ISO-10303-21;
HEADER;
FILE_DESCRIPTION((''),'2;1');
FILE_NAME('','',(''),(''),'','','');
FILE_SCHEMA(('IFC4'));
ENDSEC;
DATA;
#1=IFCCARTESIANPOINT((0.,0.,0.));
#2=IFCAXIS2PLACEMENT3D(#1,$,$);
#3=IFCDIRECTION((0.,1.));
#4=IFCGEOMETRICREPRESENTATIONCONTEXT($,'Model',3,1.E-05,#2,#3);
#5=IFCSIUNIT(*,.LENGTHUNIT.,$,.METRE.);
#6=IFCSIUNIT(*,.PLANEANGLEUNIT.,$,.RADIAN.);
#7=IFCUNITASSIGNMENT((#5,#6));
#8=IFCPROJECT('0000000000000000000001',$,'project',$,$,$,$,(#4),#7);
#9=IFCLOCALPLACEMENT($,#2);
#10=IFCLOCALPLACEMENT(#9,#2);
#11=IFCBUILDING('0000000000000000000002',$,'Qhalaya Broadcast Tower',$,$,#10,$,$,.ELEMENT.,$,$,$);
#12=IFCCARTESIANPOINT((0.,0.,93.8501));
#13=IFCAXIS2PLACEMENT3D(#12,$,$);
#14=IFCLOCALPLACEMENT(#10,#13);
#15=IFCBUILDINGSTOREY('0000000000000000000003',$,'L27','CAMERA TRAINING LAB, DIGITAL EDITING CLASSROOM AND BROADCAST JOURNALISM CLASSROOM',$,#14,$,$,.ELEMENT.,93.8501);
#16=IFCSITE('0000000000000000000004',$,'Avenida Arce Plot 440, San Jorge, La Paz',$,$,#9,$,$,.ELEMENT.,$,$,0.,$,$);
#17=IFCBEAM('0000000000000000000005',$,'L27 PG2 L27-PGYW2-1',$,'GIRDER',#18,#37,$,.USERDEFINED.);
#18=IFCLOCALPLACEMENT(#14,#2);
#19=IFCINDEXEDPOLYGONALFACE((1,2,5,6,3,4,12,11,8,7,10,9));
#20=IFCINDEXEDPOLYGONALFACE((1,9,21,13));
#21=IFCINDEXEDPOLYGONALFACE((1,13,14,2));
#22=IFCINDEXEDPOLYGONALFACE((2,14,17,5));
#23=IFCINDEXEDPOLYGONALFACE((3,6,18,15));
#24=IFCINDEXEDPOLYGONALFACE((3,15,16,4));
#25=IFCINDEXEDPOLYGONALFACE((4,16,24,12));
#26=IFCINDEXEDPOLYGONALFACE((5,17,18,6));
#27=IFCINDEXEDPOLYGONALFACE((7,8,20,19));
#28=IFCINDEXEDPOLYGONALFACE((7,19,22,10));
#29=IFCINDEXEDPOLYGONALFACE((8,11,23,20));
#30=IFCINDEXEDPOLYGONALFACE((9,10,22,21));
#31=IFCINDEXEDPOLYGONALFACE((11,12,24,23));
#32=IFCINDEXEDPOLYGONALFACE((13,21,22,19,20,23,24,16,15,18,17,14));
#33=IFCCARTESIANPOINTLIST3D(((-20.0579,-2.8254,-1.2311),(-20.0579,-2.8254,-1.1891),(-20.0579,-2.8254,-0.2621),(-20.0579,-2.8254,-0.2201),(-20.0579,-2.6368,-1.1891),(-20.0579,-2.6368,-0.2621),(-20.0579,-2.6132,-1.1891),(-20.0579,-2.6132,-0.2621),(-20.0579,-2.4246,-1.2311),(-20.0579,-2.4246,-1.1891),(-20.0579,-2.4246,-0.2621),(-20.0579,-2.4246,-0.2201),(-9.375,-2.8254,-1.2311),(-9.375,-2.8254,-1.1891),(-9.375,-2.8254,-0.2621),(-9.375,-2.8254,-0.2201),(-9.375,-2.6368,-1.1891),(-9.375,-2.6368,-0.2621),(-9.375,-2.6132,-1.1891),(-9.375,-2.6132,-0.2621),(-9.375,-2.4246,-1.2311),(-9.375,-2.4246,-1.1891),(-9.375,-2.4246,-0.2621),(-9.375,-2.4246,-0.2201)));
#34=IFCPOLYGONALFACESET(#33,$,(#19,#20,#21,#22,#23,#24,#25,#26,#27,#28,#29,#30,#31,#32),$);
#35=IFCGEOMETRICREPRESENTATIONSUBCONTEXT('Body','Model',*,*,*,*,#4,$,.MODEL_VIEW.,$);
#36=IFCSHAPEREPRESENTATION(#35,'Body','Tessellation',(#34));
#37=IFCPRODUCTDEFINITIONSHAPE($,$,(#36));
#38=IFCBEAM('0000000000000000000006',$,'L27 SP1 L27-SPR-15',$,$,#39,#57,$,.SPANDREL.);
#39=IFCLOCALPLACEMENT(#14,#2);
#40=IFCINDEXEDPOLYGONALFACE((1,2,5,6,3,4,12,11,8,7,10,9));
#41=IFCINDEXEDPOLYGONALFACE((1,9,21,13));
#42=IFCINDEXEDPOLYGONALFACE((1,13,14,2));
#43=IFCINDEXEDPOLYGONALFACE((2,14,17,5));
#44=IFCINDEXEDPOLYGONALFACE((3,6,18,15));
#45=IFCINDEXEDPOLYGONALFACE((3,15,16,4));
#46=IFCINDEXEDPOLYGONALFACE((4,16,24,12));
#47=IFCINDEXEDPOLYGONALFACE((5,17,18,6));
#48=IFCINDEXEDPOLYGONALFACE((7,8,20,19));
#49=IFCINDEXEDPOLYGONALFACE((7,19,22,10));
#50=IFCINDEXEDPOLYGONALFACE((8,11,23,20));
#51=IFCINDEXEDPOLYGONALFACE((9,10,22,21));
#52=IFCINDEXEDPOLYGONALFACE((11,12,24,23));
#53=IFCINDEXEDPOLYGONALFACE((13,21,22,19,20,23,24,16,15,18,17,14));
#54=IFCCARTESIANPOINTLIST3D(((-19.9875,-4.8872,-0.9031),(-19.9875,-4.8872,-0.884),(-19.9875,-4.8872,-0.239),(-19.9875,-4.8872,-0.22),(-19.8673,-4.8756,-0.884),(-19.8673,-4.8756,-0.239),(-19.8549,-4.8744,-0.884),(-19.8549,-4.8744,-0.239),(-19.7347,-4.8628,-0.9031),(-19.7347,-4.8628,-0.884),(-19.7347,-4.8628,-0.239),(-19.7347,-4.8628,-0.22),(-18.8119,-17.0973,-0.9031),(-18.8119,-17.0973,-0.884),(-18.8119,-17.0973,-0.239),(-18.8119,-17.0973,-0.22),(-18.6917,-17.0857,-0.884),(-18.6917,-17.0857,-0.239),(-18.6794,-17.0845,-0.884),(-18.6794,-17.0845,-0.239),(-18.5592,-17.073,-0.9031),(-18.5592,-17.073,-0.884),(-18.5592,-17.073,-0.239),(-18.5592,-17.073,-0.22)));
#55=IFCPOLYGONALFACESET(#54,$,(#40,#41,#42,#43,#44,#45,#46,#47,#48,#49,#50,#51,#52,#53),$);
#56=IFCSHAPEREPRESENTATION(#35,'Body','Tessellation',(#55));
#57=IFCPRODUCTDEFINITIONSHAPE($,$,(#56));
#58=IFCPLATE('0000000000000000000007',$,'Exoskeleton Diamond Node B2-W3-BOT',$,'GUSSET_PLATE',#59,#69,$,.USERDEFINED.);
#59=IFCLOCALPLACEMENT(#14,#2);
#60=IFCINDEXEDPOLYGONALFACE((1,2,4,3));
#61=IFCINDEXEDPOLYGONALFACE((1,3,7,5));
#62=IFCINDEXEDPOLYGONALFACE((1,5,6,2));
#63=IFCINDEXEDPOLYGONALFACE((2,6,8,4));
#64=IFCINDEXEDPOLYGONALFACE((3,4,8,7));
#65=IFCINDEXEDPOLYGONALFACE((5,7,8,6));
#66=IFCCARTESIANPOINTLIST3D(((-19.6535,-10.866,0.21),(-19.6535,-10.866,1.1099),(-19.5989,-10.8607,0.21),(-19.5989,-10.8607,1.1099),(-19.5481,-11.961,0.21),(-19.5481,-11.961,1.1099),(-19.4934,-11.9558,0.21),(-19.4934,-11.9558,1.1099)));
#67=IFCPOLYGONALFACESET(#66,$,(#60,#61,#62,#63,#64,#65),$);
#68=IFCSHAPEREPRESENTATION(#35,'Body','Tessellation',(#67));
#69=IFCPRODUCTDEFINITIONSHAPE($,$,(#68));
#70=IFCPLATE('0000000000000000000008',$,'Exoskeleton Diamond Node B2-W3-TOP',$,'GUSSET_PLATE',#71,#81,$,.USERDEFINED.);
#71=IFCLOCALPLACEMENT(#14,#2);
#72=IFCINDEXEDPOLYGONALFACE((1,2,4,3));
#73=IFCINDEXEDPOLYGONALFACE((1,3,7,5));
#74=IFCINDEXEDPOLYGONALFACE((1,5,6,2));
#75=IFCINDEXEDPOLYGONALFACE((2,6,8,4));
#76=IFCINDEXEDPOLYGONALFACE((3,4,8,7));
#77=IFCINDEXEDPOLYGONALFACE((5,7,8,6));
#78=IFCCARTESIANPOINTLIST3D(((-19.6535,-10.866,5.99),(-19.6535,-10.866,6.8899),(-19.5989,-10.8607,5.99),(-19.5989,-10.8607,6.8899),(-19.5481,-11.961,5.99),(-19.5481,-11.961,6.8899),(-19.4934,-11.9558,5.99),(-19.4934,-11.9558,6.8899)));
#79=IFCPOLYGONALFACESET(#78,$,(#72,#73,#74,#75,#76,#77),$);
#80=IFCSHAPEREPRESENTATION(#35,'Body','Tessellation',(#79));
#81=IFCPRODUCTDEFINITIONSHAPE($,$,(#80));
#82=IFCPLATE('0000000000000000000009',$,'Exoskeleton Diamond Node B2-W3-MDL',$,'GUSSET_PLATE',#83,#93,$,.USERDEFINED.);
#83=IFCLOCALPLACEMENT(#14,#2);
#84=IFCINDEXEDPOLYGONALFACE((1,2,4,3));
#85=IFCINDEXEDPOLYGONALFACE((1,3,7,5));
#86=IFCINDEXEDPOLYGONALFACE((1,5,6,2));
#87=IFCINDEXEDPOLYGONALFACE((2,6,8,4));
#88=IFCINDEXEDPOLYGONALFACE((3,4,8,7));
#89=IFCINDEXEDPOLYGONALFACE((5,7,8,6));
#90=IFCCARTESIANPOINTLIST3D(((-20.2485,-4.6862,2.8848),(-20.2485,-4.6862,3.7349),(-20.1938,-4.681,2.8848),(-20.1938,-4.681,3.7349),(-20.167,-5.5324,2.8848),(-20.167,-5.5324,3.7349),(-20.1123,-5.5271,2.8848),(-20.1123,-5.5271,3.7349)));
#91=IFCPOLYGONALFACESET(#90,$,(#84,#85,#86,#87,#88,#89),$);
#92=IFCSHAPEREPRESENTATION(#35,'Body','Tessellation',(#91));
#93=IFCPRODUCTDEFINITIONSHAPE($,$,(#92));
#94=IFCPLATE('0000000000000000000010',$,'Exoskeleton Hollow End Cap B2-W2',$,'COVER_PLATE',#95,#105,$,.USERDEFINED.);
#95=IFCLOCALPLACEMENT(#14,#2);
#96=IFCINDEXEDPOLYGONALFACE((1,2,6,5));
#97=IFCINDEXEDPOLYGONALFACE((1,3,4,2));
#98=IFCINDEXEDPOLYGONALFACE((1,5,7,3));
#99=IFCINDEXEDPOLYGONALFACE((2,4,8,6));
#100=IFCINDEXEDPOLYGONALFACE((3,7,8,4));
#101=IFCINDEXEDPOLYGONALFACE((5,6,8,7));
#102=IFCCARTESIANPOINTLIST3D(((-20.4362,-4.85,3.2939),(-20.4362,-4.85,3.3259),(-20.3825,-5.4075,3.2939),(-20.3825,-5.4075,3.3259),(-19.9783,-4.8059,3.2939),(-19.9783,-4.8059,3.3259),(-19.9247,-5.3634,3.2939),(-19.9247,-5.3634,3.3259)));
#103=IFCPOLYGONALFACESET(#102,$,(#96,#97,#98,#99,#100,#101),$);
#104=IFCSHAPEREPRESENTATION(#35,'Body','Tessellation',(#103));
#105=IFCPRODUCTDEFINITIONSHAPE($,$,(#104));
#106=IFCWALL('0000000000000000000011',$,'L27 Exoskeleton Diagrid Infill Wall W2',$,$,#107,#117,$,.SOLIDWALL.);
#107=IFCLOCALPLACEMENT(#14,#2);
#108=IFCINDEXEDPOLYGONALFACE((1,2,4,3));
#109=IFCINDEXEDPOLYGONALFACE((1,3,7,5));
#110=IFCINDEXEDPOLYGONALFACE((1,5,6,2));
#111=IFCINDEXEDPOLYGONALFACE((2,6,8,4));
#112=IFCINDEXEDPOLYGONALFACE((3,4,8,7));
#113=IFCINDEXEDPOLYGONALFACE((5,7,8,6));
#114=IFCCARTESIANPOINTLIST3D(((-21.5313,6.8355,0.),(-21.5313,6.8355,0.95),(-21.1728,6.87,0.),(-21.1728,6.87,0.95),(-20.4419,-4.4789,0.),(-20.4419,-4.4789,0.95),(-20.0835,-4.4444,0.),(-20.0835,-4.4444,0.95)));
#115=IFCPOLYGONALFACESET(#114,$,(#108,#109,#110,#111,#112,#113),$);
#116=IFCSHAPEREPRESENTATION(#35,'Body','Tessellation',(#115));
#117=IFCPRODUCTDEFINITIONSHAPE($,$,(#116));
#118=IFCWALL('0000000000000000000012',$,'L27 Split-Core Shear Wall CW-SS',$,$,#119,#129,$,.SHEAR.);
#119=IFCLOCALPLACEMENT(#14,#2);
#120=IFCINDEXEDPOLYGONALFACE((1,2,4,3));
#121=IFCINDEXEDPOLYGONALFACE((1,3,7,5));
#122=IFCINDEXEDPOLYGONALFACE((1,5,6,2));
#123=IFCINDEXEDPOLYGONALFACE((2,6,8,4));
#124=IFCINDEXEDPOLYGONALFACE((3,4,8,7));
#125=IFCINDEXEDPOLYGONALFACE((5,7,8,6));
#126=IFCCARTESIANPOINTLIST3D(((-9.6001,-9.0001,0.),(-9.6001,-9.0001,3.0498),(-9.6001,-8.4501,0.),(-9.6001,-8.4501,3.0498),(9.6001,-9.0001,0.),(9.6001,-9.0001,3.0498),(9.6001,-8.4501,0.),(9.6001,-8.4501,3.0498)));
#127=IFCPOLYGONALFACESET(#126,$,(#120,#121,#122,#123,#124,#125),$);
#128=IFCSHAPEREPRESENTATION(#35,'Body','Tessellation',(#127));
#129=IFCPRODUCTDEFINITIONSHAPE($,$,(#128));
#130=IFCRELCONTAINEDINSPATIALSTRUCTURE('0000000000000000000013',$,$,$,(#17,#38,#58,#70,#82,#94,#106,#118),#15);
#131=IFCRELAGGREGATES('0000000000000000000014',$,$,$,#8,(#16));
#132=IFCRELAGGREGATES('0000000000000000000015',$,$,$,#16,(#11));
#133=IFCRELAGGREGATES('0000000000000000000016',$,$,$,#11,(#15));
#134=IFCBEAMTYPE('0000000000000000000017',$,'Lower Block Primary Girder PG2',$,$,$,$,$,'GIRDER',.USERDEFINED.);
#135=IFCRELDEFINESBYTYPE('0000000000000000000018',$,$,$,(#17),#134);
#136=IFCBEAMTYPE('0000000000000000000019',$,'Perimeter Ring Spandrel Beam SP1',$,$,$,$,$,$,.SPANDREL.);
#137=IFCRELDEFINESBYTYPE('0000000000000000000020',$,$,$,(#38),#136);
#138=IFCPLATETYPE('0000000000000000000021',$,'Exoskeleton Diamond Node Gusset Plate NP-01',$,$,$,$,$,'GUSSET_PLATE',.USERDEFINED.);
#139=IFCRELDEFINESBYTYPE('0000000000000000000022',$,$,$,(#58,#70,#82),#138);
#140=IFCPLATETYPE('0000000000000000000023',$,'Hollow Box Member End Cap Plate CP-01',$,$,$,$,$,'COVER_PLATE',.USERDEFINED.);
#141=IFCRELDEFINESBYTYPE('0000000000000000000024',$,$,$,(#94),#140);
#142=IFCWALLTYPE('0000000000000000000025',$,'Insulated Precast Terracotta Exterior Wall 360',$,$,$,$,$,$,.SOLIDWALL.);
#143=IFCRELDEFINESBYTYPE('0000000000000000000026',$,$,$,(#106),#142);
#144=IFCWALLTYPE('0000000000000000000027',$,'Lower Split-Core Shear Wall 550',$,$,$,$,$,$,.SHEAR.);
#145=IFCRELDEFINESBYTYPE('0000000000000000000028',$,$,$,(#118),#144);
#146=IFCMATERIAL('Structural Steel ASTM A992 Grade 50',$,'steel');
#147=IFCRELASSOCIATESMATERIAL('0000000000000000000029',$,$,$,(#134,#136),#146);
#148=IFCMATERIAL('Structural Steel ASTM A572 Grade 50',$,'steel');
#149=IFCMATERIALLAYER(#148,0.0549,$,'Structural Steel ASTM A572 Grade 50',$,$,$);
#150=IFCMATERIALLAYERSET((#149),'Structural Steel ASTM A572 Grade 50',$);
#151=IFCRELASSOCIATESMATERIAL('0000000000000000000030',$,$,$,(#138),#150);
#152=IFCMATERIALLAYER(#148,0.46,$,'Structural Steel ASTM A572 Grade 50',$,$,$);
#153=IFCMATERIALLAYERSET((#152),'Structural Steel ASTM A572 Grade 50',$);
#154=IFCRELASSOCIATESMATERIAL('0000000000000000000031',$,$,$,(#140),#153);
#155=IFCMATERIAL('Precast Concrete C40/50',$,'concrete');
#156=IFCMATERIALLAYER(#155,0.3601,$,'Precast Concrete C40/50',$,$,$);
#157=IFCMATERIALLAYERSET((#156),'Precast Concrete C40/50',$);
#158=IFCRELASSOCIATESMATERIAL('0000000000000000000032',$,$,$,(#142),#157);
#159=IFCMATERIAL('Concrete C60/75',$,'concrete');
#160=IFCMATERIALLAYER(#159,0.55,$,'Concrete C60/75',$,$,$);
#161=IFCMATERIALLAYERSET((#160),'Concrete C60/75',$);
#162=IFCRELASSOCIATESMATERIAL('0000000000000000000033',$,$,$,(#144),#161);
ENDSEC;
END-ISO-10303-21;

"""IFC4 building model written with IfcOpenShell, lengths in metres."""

from ifc_helpers import new_model, si_unit, direction, frame, frame_2d, origin, origin_2d, place, context, subcontext, project, spatial, rectangle, i_section, extrude, material, layer, layer_set, material_profile, profile_set, type_object, element, save


model = new_model("IFC4")

# Units and contexts
model_context = context("Model", 3, precision=1e-05, world=origin(), true_north=direction((0.0, 1.0)))
body_context = subcontext(model_context, "Body", "Model", "MODEL_VIEW")
ifc_project = project(units=[si_unit("LENGTHUNIT", "METRE"), si_unit("PLANEANGLEUNIT", "RADIAN")], contexts=[model_context])

# Site, building, storey
site_placement = place(None, origin())
site = spatial("IfcSite", under=ifc_project, at=site_placement, Name="Avenida Arce Plot 440, San Jorge, La Paz", CompositionType="ELEMENT", RefElevation=0.0)
building_placement = place(site_placement, origin())
building = spatial("IfcBuilding", under=site, at=building_placement, Name="Qhalaya Broadcast Tower", CompositionType="ELEMENT")
storey_placement = place(building_placement, frame((0.0, 0.0, 93.8501)))
storey = spatial("IfcBuildingStorey", under=building, at=storey_placement, Name="L27", Description="CAMERA TRAINING LAB, DIGITAL EDITING CLASSROOM AND BROADCAST JOURNALISM CLASSROOM", CompositionType="ELEMENT", Elevation=93.8501)

# Shared definitions
ifc_material_1 = material(Name="Structural Steel ASTM A572 Grade 50", Category="steel")

# Shared definitions
ifc_material_2 = material(Name="Structural Steel ASTM A992 Grade 50", Category="steel")

# Beams
ifc_material_profile_1 = material_profile(ifc_material_2, i_section(OverallWidth=0.4009, OverallDepth=1.011, WebThickness=0.0237, FlangeThickness=0.042, at=origin_2d()), Name="W40X297")
ifc_profile_set_1 = profile_set([ifc_material_profile_1], Name="Structural Steel ASTM A992 Grade 50")
beam_type_1 = type_object("IfcBeamType", Name="Lower Block Primary Girder PG2", ElementType="GIRDER", PredefinedType="USERDEFINED", material=ifc_profile_set_1)
beam_1_placement = place(storey_placement, frame((-20.0579, -2.625, -0.7256), z_axis=(1.0, 0.0, 0.0), x_axis=(0.0, 1.0, 0.0)))
element("IfcBeam", 1, at=beam_1_placement, inside=storey, type_object=beam_type_1, Name="L27 PG2 L27-PGYW2-1", ObjectType="GIRDER", PredefinedType="USERDEFINED", context=body_context, shape_type="SweptSolid", body=[
    extrude(i_section(OverallWidth=0.4009, OverallDepth=1.011, WebThickness=0.0237, FlangeThickness=0.042, at=origin_2d()), origin(), (0.0, 0.0, 1.0), 10.6829),
])
ifc_material_profile_2 = material_profile(ifc_material_2, i_section(OverallWidth=0.2539, OverallDepth=0.6831, WebThickness=0.0125, FlangeThickness=0.019, at=origin_2d()), Name="W27X94")
ifc_profile_set_2 = profile_set([ifc_material_profile_2], Name="Structural Steel ASTM A992 Grade 50")
beam_type_2 = type_object("IfcBeamType", Name="Perimeter Ring Spandrel Beam SP1", PredefinedType="SPANDREL", material=ifc_profile_set_2)
beam_2_placement = place(storey_placement, frame((-19.8611, -4.875, -0.5615), z_axis=(0.095832, -0.995398, 0.0), x_axis=(0.995398, 0.095832, 0.0)))
element("IfcBeam", 2, at=beam_2_placement, inside=storey, type_object=beam_type_2, Name="L27 SP1 L27-SPR-15", PredefinedType="SPANDREL", context=body_context, shape_type="SweptSolid", body=[
    extrude(i_section(OverallWidth=0.2539, OverallDepth=0.6831, WebThickness=0.0125, FlangeThickness=0.019, at=origin_2d()), origin(), (0.0, 0.0, 1.0), 12.2666),
])

# Plates
ifc_layer_1 = layer(ifc_material_1, 0.0549, Name="Structural Steel ASTM A572 Grade 50")
ifc_layer_set_1 = layer_set([ifc_layer_1], Name="Structural Steel ASTM A572 Grade 50")
plate_type_1 = type_object("IfcPlateType", Name="Exoskeleton Diamond Node Gusset Plate NP-01", ElementType="GUSSET_PLATE", PredefinedType="USERDEFINED", material=ifc_layer_set_1)
for number, where, z_axis, x_axis, name in (
    (3, (-19.5735, -11.4109, 0.21), (0.0, 0.0, 1.0), (-0.095846, 0.995396, 0.0), "Exoskeleton Diamond Node B2-W3-BOT"),
    (4, (-19.5735, -11.4109, 5.99), (0.0, 0.0, 1.0), (-0.095846, 0.995396, 0.0), "Exoskeleton Diamond Node B2-W3-TOP"),
):
    element("IfcPlate", number, at=place(storey_placement, frame(where, z_axis=z_axis, x_axis=x_axis)), inside=storey, type_object=plate_type_1, Name=name, ObjectType="GUSSET_PLATE", PredefinedType="USERDEFINED", context=body_context, shape_type="SweptSolid", body=[
        extrude(rectangle(XDim=1.1001, YDim=0.0549, at=origin_2d()), origin(), (0.0, 0.0, 1.0), 0.8999),
    ])
plate_1_placement = place(storey_placement, frame((-20.1804, -5.1067, 2.8848), z_axis=(0.0, 0.0, 1.0), x_axis=(-0.095846, 0.995396, 0.0)))
element("IfcPlate", 5, at=plate_1_placement, inside=storey, type_object=plate_type_1, Name="Exoskeleton Diamond Node B2-W3-MDL", ObjectType="GUSSET_PLATE", PredefinedType="USERDEFINED", context=body_context, shape_type="SweptSolid", body=[
    extrude(rectangle(XDim=0.8501, YDim=0.0549, at=origin_2d()), origin(), (0.0, 0.0, 1.0), 0.8501),
])
ifc_layer_2 = layer(ifc_material_1, 0.46, Name="Structural Steel ASTM A572 Grade 50")
ifc_layer_set_2 = layer_set([ifc_layer_2], Name="Structural Steel ASTM A572 Grade 50")
plate_type_2 = type_object("IfcPlateType", Name="Hollow Box Member End Cap Plate CP-01", ElementType="COVER_PLATE", PredefinedType="USERDEFINED", material=ifc_layer_set_2)
plate_2_placement = place(storey_placement, frame((-20.1804, -5.1067, 3.2939), z_axis=(0.0, 0.0, 1.0), x_axis=(-0.095846, 0.995396, 0.0)))
element("IfcPlate", 6, at=plate_2_placement, inside=storey, type_object=plate_type_2, Name="Exoskeleton Hollow End Cap B2-W2", ObjectType="COVER_PLATE", PredefinedType="USERDEFINED", context=body_context, shape_type="SweptSolid", body=[
    extrude(rectangle(XDim=0.5601, YDim=0.46, at=origin_2d()), origin(), (0.0, 0.0, 1.0), 0.032),
])

# Walls
ifc_material_3 = material(Name="Precast Concrete C40/50", Category="concrete")
ifc_layer_3 = layer(ifc_material_3, 0.3601, Name="Precast Concrete C40/50")
ifc_layer_set_3 = layer_set([ifc_layer_3], Name="Precast Concrete C40/50")
wall_type_1 = type_object("IfcWallType", Name="Insulated Precast Terracotta Exterior Wall 360", PredefinedType="SOLIDWALL", material=ifc_layer_set_3)
wall_1_placement = place(storey_placement, frame((-20.2627, -4.4617, 0.0), z_axis=(0.0, 0.0, 1.0), x_axis=(-0.095837, 0.995397, 0.0)))
element("IfcWall", 7, at=wall_1_placement, inside=storey, type_object=wall_type_1, Name="L27 Exoskeleton Diagrid Infill Wall W2", PredefinedType="SOLIDWALL", context=body_context, shape_type="SweptSolid", body=[
    extrude(rectangle(XDim=11.3667, YDim=0.3601, at=frame_2d((5.6833, 0.0))), origin(), (0.0, 0.0, 1.0), 0.95),
])
ifc_material_4 = material(Name="Concrete C60/75", Category="concrete")
ifc_layer_4 = layer(ifc_material_4, 0.55, Name="Concrete C60/75")
ifc_layer_set_4 = layer_set([ifc_layer_4], Name="Concrete C60/75")
wall_type_2 = type_object("IfcWallType", Name="Lower Split-Core Shear Wall 550", PredefinedType="SHEAR", material=ifc_layer_set_4)
wall_2_placement = place(storey_placement, frame((-9.6001, -8.7251, 0.0), z_axis=(0.0, 0.0, 1.0), x_axis=(1.0, 0.0, 0.0)))
element("IfcWall", 8, at=wall_2_placement, inside=storey, type_object=wall_type_2, Name="L27 Split-Core Shear Wall CW-SS", PredefinedType="SHEAR", context=body_context, shape_type="SweptSolid", body=[
    extrude(rectangle(XDim=19.2002, YDim=0.55, at=frame_2d((9.6001, 0.0))), origin(), (0.0, 0.0, 1.0), 3.0498),
])

save(model, "model.ifc")
